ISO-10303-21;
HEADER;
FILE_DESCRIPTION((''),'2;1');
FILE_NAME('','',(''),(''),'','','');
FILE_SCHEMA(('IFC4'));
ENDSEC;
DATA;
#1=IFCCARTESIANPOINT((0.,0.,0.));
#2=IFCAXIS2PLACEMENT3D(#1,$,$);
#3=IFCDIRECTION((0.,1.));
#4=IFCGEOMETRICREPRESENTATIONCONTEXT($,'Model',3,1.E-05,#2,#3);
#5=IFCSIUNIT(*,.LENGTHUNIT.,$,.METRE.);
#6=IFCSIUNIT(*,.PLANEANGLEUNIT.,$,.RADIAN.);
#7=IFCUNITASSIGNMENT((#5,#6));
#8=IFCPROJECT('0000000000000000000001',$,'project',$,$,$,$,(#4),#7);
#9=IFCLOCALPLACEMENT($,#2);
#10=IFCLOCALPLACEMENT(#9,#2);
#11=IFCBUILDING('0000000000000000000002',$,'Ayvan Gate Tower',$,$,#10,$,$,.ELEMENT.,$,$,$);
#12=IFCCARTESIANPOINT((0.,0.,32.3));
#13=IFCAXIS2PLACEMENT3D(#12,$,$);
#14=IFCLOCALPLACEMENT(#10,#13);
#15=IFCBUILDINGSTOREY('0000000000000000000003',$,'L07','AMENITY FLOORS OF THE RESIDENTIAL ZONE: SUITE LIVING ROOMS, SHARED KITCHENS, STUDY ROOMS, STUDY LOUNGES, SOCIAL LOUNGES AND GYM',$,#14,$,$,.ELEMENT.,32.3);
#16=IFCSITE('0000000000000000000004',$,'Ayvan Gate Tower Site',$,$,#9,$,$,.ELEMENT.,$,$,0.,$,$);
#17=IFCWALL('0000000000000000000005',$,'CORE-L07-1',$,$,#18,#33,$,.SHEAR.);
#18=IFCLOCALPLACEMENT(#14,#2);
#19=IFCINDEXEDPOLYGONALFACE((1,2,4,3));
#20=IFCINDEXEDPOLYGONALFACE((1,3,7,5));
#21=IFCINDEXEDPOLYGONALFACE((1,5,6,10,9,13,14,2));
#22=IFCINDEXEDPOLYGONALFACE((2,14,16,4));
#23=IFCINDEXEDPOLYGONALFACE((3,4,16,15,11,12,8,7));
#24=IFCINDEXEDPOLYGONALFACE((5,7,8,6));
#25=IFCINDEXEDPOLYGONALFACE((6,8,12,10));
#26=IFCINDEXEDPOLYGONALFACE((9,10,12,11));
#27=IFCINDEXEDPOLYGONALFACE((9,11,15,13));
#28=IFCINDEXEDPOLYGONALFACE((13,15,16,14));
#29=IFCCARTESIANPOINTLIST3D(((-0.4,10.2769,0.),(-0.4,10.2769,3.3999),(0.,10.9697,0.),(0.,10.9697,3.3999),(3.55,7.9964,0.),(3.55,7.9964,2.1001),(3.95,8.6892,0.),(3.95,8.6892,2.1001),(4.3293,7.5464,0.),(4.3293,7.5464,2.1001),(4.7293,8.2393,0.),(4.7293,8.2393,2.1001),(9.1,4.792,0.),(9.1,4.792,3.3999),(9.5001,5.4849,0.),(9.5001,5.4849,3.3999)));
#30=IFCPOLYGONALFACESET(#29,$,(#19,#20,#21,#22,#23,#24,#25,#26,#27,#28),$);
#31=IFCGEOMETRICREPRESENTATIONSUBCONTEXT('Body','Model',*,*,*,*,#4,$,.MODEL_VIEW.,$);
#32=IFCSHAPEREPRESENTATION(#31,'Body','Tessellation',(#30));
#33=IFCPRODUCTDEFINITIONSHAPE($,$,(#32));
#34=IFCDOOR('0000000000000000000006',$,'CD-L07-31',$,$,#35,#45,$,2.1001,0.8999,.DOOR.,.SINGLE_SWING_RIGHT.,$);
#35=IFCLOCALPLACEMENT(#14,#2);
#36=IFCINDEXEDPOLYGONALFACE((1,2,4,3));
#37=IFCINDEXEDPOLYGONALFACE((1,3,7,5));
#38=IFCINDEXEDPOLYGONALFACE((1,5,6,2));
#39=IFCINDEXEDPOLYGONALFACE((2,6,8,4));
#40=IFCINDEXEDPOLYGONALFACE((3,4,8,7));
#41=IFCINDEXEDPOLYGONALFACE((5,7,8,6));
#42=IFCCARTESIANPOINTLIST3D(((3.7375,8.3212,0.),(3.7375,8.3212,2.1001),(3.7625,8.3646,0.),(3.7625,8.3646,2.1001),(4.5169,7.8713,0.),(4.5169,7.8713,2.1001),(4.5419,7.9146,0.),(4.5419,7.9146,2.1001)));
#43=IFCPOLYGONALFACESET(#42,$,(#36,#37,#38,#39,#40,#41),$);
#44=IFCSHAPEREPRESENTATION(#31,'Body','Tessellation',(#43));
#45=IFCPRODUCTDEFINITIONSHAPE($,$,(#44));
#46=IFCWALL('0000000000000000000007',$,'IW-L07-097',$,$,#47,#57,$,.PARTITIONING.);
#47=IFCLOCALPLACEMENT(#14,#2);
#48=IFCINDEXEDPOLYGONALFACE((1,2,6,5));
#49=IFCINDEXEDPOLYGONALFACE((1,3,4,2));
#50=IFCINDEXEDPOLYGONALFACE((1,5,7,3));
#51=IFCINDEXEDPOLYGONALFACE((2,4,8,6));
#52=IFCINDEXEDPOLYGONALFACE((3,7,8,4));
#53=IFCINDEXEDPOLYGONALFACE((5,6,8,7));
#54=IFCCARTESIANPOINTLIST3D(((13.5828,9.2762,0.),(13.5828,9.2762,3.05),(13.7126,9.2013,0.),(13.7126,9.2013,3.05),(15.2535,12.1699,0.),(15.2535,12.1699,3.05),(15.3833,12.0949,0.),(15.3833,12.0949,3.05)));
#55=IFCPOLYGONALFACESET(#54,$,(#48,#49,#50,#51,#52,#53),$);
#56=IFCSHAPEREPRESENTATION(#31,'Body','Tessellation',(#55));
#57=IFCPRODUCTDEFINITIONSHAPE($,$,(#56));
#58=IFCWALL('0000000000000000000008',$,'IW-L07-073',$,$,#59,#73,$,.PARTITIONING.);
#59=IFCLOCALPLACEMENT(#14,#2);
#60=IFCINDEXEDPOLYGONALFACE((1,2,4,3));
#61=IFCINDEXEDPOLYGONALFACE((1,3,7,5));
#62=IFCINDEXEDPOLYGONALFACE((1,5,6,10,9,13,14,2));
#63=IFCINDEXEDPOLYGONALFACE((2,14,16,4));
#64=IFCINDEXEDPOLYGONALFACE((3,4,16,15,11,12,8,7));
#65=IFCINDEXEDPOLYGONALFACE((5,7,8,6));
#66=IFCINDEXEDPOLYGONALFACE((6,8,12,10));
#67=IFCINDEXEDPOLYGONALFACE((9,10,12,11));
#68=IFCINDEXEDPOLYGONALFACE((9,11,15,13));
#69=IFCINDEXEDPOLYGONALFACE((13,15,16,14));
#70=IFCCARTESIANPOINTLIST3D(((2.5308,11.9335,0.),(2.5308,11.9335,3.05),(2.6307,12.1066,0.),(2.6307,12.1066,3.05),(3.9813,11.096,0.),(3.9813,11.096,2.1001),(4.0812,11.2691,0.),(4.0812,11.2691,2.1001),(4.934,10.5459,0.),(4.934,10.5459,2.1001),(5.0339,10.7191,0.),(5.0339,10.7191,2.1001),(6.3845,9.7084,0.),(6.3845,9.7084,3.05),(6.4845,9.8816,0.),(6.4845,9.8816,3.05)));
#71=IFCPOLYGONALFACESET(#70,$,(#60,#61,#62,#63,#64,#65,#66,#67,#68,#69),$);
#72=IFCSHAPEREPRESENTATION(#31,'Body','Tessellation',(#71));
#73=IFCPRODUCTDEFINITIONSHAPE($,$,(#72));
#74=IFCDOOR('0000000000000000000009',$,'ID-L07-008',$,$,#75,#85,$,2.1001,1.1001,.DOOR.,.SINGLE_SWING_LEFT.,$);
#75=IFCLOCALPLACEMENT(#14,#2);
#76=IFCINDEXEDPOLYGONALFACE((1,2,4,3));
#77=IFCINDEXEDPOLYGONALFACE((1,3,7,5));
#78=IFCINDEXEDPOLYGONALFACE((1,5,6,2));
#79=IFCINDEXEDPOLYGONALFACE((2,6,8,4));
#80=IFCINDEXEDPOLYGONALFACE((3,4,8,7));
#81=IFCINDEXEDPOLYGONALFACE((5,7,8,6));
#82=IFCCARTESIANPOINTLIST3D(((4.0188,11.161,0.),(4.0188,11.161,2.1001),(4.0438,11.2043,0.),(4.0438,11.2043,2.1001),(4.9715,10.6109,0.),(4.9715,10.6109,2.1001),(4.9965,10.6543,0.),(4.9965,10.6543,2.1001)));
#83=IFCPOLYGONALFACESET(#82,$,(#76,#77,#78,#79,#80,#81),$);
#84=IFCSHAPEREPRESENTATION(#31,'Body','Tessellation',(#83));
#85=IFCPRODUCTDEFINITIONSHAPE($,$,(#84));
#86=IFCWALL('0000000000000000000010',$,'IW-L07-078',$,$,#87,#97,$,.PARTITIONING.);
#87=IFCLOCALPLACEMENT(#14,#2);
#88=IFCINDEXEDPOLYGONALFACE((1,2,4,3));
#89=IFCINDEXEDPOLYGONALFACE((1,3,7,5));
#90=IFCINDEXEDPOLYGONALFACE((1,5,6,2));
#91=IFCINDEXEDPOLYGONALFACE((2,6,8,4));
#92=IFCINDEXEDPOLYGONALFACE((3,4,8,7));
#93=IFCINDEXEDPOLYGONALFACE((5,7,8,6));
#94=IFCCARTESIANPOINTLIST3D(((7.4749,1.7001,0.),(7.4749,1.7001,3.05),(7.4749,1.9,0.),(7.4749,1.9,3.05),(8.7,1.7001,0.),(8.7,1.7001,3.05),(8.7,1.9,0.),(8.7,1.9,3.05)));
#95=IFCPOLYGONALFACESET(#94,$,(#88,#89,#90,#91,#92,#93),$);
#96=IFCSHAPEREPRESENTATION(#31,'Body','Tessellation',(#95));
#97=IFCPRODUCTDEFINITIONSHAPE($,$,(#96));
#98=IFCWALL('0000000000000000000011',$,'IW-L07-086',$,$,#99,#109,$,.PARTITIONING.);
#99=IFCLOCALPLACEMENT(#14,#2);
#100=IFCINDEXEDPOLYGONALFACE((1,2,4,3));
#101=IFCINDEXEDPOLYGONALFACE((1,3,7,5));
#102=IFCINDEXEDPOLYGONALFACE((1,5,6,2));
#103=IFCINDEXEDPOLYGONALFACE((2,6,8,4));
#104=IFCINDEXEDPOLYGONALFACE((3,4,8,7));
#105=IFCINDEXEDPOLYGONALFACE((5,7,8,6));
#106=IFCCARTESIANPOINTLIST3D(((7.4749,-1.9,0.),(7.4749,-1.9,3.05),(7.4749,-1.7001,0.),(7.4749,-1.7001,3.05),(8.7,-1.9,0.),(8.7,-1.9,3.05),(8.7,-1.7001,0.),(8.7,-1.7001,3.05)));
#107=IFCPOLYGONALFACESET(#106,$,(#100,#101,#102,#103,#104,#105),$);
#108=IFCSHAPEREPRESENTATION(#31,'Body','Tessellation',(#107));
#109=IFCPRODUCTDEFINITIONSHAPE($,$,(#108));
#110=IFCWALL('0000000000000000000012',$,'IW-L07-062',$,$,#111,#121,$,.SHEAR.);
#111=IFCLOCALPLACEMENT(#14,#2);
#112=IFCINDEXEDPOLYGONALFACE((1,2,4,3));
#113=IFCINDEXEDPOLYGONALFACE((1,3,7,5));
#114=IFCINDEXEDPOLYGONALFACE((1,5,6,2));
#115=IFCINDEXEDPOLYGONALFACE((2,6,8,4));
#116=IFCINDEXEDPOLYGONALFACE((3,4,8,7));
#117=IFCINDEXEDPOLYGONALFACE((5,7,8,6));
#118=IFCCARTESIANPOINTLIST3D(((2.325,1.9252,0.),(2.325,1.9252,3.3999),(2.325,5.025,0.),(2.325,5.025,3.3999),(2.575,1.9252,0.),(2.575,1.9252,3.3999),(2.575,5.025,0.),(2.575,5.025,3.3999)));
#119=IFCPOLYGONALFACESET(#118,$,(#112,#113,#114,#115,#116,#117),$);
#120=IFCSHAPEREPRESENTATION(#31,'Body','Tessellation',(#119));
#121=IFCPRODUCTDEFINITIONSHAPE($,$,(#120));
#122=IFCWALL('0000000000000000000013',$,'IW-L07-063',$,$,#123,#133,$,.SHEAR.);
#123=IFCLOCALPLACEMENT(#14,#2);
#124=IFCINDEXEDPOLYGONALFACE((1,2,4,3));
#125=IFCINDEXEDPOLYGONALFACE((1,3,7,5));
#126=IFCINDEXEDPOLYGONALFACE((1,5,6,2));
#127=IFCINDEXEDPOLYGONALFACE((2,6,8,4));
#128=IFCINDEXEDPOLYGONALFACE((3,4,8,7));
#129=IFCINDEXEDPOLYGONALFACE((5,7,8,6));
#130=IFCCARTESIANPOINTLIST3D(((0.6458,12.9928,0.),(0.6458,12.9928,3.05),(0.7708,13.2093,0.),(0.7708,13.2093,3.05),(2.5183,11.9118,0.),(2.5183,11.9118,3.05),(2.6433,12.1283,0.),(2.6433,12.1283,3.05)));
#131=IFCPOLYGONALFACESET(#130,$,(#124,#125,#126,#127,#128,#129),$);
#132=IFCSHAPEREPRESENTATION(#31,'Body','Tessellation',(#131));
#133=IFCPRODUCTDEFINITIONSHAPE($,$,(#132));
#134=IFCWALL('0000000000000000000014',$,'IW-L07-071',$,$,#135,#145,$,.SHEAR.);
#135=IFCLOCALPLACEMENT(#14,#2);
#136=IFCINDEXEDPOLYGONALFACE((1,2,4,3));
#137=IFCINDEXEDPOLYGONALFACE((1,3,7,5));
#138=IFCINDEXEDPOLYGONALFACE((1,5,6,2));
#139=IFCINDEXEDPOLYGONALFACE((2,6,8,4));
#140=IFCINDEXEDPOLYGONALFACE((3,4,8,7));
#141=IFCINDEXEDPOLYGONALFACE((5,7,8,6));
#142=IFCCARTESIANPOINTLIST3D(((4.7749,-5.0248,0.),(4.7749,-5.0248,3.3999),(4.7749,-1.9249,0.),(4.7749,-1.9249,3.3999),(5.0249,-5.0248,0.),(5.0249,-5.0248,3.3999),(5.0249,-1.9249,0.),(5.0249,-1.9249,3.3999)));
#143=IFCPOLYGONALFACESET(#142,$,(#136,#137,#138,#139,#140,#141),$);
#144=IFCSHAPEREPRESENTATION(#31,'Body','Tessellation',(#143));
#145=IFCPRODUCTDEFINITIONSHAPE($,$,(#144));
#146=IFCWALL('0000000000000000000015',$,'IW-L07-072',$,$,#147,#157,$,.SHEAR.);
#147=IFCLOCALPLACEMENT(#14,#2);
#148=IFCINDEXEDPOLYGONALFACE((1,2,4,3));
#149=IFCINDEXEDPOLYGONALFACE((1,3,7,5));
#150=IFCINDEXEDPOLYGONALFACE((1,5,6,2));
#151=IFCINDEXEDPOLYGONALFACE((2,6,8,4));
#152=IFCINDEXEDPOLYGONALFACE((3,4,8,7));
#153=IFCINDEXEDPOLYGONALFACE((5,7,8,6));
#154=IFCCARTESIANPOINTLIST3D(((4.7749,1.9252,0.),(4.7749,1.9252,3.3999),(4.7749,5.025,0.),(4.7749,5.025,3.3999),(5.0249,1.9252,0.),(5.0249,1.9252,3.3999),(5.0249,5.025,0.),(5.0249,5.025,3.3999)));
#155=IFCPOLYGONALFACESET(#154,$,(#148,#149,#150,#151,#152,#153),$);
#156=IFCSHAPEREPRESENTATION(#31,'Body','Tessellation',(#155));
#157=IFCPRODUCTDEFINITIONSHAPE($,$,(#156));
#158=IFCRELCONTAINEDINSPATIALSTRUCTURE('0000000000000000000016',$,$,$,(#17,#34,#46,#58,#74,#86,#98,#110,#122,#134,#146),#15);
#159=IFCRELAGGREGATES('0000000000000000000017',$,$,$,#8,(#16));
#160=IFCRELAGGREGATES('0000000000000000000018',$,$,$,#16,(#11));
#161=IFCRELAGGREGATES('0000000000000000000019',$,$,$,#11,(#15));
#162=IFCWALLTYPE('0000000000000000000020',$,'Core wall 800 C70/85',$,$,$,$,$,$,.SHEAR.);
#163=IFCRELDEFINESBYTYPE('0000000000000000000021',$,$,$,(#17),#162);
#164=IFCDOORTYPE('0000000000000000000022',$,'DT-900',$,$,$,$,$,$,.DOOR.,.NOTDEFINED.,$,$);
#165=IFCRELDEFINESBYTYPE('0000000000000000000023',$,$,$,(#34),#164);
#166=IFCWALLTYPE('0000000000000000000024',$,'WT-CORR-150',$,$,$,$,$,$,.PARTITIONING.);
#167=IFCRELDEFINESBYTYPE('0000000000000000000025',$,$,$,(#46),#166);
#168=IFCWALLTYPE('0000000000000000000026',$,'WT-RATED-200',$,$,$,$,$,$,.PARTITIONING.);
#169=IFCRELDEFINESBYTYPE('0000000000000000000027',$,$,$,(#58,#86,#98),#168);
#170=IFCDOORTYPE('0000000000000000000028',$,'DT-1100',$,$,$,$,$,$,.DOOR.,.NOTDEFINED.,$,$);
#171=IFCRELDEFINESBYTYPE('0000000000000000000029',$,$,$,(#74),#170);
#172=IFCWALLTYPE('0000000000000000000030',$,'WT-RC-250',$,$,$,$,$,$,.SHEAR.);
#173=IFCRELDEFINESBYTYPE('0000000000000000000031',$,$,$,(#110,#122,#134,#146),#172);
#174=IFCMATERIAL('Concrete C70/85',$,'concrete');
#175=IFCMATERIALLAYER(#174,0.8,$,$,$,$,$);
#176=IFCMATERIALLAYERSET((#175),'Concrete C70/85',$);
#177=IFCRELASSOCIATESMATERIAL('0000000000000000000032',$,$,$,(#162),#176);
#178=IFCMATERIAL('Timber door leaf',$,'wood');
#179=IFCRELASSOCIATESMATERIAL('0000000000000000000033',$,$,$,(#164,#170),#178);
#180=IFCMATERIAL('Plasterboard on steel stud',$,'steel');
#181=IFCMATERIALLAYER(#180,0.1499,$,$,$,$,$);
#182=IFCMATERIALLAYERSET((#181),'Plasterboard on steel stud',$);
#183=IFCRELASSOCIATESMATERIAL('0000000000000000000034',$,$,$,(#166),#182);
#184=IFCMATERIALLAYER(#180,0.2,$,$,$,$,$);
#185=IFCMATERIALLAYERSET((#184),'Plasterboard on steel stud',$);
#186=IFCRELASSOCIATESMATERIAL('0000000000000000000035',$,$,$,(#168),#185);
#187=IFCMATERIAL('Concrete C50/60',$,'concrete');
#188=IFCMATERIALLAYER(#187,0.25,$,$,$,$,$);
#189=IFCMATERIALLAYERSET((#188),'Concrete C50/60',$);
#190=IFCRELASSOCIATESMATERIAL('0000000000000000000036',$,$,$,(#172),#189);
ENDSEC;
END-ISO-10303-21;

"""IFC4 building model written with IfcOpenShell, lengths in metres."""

from ifc_helpers import new_model, si_unit, direction, frame, frame_2d, origin, place, context, subcontext, project, spatial, rectangle, extrude, material, layer, layer_set, type_object, element, fill, save


model = new_model("IFC4")

# Units and contexts
model_context = context("Model", 3, precision=1e-05, world=origin(), true_north=direction((0.0, 1.0)))
body_context = subcontext(model_context, "Body", "Model", "MODEL_VIEW")
ifc_project = project(units=[si_unit("LENGTHUNIT", "METRE"), si_unit("PLANEANGLEUNIT", "RADIAN")], contexts=[model_context])

# Site, building, storey
site_placement = place(None, origin())
site = spatial("IfcSite", under=ifc_project, at=site_placement, Name="Ayvan Gate Tower Site", CompositionType="ELEMENT", RefElevation=0.0)
building_placement = place(site_placement, origin())
building = spatial("IfcBuilding", under=site, at=building_placement, Name="Ayvan Gate Tower", CompositionType="ELEMENT")
storey_placement = place(building_placement, frame((0.0, 0.0, 32.3)))
storey = spatial("IfcBuildingStorey", under=building, at=storey_placement, Name="L07", Description="AMENITY FLOORS OF THE RESIDENTIAL ZONE: SUITE LIVING ROOMS, SHARED KITCHENS, STUDY ROOMS, STUDY LOUNGES, SOCIAL LOUNGES AND GYM", CompositionType="ELEMENT", Elevation=32.3)

# Wall, opening, door
ifc_material_1 = material(Name="Concrete C70/85", Category="concrete")
ifc_layer_1 = layer(ifc_material_1, 0.8)
ifc_layer_set_1 = layer_set([ifc_layer_1], Name="Concrete C70/85")
wall_type_1 = type_object("IfcWallType", Name="Core wall 800 C70/85", PredefinedType="SHEAR", material=ifc_layer_set_1)
wall_1_placement = place(storey_placement, frame((9.3, 5.1384, 0.0), z_axis=(0.0, 0.0, 1.0), x_axis=(-0.866024, 0.500002, 0.0)))
wall_1 = element("IfcWall", 1, at=wall_1_placement, inside=storey, type_object=wall_type_1, Name="CORE-L07-1", PredefinedType="SHEAR", context=body_context, shape_type="SweptSolid", body=[
    extrude(rectangle(XDim=10.9697, YDim=0.8, at=frame_2d((5.4849, 0.0))), origin(), (0.0, 0.0, 1.0), 3.3999),
])
opening_1_placement = place(wall_1_placement, frame((5.5088, 0.0, 0.0)))
opening_1 = element("IfcOpeningElement", 2, at=opening_1_placement, cuts=wall_1, PredefinedType="OPENING", context=body_context, shape_type="SweptSolid", body=[
    extrude(rectangle(XDim=0.8999, YDim=2.1001, at=frame_2d((0.45, 1.05))), frame((0.0, 0.4099, 0.0), z_axis=(0.0, -1.0, 0.0), x_axis=(1.0, 0.0, 0.0)), (0.0, 0.0, 1.0), 0.8201),
])
ifc_material_2 = material(Name="Timber door leaf", Category="wood")
door_type_1 = type_object("IfcDoorType", Name="DT-900", OperationType="NOTDEFINED", PredefinedType="DOOR", material=ifc_material_2)
door_1_placement = place(opening_1_placement, origin())
door_1 = element("IfcDoor", 3, at=door_1_placement, inside=storey, type_object=door_type_1, Name="CD-L07-31", OperationType="SINGLE_SWING_RIGHT", OverallHeight=2.1001, OverallWidth=0.8999, PredefinedType="DOOR", context=body_context, shape_type="SweptSolid", body=[
    extrude(rectangle(XDim=0.8999, YDim=2.1001, at=frame_2d((0.45, 1.05))), frame((0.0, 0.0249, 0.0), z_axis=(0.0, -1.0, 0.0), x_axis=(1.0, 0.0, 0.0)), (0.0, 0.0, 1.0), 0.05),
])
fill(opening_1, door_1)

# Wall
ifc_material_3 = material(Name="Plasterboard on steel stud", Category="steel")
ifc_layer_2 = layer(ifc_material_3, 0.1499)
ifc_layer_set_2 = layer_set([ifc_layer_2], Name="Plasterboard on steel stud")
wall_type_2 = type_object("IfcWallType", Name="WT-CORR-150", PredefinedType="PARTITIONING", material=ifc_layer_set_2)
wall_2_placement = place(storey_placement, frame((13.6477, 9.2388, 0.0), z_axis=(0.0, 0.0, 1.0), x_axis=(0.500013, 0.866018, 0.0)))
element("IfcWall", 4, at=wall_2_placement, inside=storey, type_object=wall_type_2, Name="IW-L07-097", PredefinedType="PARTITIONING", context=body_context, shape_type="SweptSolid", body=[
    extrude(rectangle(XDim=3.3413, YDim=0.1499, at=frame_2d((1.6707, 0.0))), origin(), (0.0, 0.0, 1.0), 3.05),
])

# Wall, opening, door
ifc_layer_3 = layer(ifc_material_3, 0.2)
ifc_layer_set_3 = layer_set([ifc_layer_3], Name="Plasterboard on steel stud")
wall_type_3 = type_object("IfcWallType", Name="WT-RATED-200", PredefinedType="PARTITIONING", material=ifc_layer_set_3)
wall_3_placement = place(storey_placement, frame((6.4346, 9.7949, 0.0), z_axis=(0.0, 0.0, 1.0), x_axis=(-0.866013, 0.500022, 0.0)))
wall_3 = element("IfcWall", 5, at=wall_3_placement, inside=storey, type_object=wall_type_3, Name="IW-L07-073", PredefinedType="PARTITIONING", context=body_context, shape_type="SweptSolid", body=[
    extrude(rectangle(XDim=4.45, YDim=0.2, at=frame_2d((2.2251, 0.0))), origin(), (0.0, 0.0, 1.0), 3.05),
])
opening_2_placement = place(wall_3_placement, frame((1.675, 0.0, 0.0)))
opening_2 = element("IfcOpeningElement", 6, at=opening_2_placement, cuts=wall_3, PredefinedType="OPENING", context=body_context, shape_type="SweptSolid", body=[
    extrude(rectangle(XDim=1.1001, YDim=2.1001, at=frame_2d((0.55, 1.05))), frame((0.0, 0.1099, 0.0), z_axis=(0.0, -1.0, 0.0), x_axis=(1.0, 0.0, 0.0)), (0.0, 0.0, 1.0), 0.22),
])
door_type_2 = type_object("IfcDoorType", Name="DT-1100", OperationType="NOTDEFINED", PredefinedType="DOOR", material=ifc_material_2)
door_2_placement = place(opening_2_placement, origin())
door_2 = element("IfcDoor", 7, at=door_2_placement, inside=storey, type_object=door_type_2, Name="ID-L07-008", OperationType="SINGLE_SWING_LEFT", OverallHeight=2.1001, OverallWidth=1.1001, PredefinedType="DOOR", context=body_context, shape_type="SweptSolid", body=[
    extrude(rectangle(XDim=1.1001, YDim=2.1001, at=frame_2d((0.55, 1.05))), frame((0.0, 0.0249, 0.0), z_axis=(0.0, -1.0, 0.0), x_axis=(1.0, 0.0, 0.0)), (0.0, 0.0, 1.0), 0.05),
])
fill(opening_2, door_2)

# Walls
for number, where, z_axis, x_axis, name in (
    (8, (7.4749, 1.8, 0.0), (0.0, 0.0, 1.0), (1.0, 0.0, 0.0), "IW-L07-078"),
    (9, (8.7, -1.8, 0.0), (0.0, 0.0, 1.0), (-1.0, 0.0, 0.0), "IW-L07-086"),
):
    element("IfcWall", number, at=place(storey_placement, frame(where, z_axis=z_axis, x_axis=x_axis)), inside=storey, type_object=wall_type_3, Name=name, PredefinedType="PARTITIONING", context=body_context, shape_type="SweptSolid", body=[
        extrude(rectangle(XDim=1.2251, YDim=0.2, at=frame_2d((0.6125, 0.0))), origin(), (0.0, 0.0, 1.0), 3.05),
    ])
ifc_material_4 = material(Name="Concrete C50/60", Category="concrete")
ifc_layer_4 = layer(ifc_material_4, 0.25)
ifc_layer_set_4 = layer_set([ifc_layer_4], Name="Concrete C50/60")
wall_type_4 = type_object("IfcWallType", Name="WT-RC-250", PredefinedType="SHEAR", material=ifc_layer_set_4)
wall_4_placement = place(storey_placement, frame((2.45, 5.0249, 0.0), z_axis=(0.0, 0.0, 1.0), x_axis=(0.0, -1.0, 0.0)))
element("IfcWall", 10, at=wall_4_placement, inside=storey, type_object=wall_type_4, Name="IW-L07-062", PredefinedType="SHEAR", context=body_context, shape_type="SweptSolid", body=[
    extrude(rectangle(XDim=3.0999, YDim=0.25, at=frame_2d((1.5498, 0.0))), origin(), (0.0, 0.0, 1.0), 3.3999),
])
wall_5_placement = place(storey_placement, frame((2.5808, 12.02, 0.0), z_axis=(0.0, 0.0, 1.0), x_axis=(-0.866039, 0.499977, 0.0)))
element("IfcWall", 11, at=wall_5_placement, inside=storey, type_object=wall_type_4, Name="IW-L07-063", PredefinedType="SHEAR", context=body_context, shape_type="SweptSolid", body=[
    extrude(rectangle(XDim=2.1621, YDim=0.25, at=frame_2d((1.0811, 0.0))), origin(), (0.0, 0.0, 1.0), 3.05),
])
for number, where, z_axis, x_axis, name in (
    (12, (4.8999, -1.925, 0.0), (0.0, 0.0, 1.0), (0.0, -1.0, 0.0), "IW-L07-071"),
    (13, (4.8999, 5.0249, 0.0), (0.0, 0.0, 1.0), (0.0, -1.0, 0.0), "IW-L07-072"),
):
    element("IfcWall", number, at=place(storey_placement, frame(where, z_axis=z_axis, x_axis=x_axis)), inside=storey, type_object=wall_type_4, Name=name, PredefinedType="SHEAR", context=body_context, shape_type="SweptSolid", body=[
        extrude(rectangle(XDim=3.0999, YDim=0.25, at=frame_2d((1.5498, 0.0))), origin(), (0.0, 0.0, 1.0), 3.3999),
    ])

save(model, "model.ifc")
